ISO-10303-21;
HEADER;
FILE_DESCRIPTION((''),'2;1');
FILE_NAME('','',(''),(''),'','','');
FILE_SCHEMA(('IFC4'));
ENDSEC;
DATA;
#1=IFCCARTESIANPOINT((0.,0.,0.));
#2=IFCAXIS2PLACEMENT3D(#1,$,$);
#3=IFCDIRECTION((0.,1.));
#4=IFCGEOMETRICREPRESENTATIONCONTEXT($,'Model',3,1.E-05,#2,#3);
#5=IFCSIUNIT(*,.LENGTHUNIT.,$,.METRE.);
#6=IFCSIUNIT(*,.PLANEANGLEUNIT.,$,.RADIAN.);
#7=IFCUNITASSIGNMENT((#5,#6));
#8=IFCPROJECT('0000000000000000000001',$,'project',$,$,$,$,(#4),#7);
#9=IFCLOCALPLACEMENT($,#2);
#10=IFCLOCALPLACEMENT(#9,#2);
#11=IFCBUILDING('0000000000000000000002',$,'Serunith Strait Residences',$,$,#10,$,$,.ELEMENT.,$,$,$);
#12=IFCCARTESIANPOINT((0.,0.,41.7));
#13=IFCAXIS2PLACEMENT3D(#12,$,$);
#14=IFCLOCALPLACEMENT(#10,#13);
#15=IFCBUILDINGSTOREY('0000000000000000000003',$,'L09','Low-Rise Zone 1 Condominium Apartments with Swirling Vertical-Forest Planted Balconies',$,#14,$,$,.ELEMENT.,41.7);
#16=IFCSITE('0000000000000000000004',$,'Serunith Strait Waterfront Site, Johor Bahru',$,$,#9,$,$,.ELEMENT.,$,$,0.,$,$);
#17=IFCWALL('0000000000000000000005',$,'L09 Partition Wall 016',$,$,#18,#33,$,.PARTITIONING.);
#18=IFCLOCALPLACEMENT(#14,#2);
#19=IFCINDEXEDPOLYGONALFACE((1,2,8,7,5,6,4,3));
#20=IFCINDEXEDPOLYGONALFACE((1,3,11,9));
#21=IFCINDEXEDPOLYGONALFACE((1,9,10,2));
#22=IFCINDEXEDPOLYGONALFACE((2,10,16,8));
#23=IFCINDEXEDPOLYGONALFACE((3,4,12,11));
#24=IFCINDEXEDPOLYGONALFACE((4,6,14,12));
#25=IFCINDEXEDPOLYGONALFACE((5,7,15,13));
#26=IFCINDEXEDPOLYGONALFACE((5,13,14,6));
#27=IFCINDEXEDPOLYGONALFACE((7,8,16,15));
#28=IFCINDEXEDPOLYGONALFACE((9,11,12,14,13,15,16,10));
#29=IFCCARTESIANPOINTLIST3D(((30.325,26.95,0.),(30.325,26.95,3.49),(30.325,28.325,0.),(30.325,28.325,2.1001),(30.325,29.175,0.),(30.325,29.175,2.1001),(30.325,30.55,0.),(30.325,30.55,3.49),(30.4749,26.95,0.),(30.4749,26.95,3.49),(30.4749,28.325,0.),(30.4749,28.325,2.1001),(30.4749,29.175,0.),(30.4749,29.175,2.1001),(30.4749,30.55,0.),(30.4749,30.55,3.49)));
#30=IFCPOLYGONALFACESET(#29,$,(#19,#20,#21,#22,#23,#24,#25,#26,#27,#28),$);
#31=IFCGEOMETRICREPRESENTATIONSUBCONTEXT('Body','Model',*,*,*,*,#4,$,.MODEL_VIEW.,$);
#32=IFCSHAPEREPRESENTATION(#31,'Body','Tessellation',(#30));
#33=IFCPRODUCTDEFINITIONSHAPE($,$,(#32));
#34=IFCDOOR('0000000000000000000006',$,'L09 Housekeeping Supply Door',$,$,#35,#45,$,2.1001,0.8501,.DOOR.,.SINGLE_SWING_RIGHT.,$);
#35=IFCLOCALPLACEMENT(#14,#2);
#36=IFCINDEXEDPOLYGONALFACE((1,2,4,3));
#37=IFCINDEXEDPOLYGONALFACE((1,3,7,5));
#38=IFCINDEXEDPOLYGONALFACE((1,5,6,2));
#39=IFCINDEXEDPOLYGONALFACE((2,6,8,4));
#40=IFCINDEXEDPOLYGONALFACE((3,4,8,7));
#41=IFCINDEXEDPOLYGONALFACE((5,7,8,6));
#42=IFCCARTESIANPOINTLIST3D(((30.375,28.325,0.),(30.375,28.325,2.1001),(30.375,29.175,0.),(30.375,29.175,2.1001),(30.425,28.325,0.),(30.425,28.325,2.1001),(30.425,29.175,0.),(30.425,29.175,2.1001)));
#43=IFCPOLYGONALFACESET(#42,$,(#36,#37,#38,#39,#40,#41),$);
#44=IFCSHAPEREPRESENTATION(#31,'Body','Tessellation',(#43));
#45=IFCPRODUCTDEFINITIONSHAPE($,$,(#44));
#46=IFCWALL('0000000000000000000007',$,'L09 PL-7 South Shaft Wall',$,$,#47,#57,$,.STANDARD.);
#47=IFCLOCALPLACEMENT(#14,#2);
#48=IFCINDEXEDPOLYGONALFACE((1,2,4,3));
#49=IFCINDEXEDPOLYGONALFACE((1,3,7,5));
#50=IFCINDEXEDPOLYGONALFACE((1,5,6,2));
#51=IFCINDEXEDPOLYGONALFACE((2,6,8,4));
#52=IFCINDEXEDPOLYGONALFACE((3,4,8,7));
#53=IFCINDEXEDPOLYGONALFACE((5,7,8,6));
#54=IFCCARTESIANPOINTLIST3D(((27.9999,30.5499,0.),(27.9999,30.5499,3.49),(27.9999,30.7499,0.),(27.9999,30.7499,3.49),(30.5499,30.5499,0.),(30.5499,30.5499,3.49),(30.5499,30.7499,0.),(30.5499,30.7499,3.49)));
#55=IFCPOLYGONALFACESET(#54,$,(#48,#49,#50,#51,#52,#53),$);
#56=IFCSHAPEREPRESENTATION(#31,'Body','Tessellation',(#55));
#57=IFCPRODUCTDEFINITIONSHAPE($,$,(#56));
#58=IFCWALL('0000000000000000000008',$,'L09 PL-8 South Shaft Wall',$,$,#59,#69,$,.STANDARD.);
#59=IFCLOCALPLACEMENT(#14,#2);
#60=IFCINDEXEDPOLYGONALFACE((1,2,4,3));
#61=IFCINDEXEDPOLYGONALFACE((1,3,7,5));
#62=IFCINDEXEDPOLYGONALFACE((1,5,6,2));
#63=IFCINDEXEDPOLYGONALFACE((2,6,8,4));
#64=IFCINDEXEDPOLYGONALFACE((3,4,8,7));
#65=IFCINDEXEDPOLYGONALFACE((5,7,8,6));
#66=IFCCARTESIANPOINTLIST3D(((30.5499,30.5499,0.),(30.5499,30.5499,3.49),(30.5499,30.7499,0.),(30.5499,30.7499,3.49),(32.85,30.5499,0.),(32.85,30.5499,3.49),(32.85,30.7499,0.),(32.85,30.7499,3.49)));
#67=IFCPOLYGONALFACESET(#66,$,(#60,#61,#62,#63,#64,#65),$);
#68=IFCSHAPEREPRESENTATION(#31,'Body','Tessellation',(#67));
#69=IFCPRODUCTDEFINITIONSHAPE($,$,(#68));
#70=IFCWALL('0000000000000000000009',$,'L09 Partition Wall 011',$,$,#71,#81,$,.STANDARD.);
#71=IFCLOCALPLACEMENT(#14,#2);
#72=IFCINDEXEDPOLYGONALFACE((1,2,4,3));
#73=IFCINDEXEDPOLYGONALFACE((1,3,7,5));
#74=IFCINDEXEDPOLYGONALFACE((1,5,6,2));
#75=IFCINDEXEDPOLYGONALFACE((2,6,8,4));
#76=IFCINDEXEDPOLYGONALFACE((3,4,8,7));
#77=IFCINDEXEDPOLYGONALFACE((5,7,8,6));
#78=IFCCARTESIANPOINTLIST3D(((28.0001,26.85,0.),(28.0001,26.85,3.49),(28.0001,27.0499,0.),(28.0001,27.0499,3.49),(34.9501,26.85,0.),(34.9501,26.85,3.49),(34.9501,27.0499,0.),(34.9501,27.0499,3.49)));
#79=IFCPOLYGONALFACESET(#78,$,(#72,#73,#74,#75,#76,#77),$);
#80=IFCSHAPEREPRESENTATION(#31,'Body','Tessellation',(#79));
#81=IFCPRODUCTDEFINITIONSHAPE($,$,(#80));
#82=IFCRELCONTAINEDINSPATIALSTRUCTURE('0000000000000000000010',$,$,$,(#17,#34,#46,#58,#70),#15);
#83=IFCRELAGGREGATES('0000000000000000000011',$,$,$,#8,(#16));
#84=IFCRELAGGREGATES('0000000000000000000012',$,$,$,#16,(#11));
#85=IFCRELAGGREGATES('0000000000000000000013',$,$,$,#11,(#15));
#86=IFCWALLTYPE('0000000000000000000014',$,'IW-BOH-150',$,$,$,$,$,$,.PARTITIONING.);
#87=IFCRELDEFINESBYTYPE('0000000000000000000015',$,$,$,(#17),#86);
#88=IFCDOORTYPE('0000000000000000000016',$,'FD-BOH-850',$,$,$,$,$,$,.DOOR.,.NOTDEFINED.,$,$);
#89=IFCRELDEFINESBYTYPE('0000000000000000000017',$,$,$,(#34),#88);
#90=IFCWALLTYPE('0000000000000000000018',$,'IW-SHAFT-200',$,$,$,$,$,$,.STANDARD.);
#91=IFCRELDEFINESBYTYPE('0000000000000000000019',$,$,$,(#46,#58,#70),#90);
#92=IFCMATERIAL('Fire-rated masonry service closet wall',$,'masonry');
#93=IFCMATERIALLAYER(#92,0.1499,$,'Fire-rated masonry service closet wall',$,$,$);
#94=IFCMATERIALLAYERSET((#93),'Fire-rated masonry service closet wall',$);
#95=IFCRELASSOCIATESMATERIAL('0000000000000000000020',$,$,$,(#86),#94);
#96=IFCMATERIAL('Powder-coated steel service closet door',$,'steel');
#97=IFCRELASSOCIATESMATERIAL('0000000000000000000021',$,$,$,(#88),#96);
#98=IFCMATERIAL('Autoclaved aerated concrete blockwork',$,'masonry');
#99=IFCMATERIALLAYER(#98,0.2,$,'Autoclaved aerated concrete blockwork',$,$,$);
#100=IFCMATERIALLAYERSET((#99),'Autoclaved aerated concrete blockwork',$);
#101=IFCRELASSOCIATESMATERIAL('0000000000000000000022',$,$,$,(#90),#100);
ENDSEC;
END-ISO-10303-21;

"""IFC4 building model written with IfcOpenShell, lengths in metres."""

from ifc_helpers import new_model, si_unit, direction, frame, frame_2d, origin, place, context, subcontext, project, spatial, rectangle, extrude, source, transform, mapped, material, layer, layer_set, type_object, element, fill, save


model = new_model("IFC4")

# Units and contexts
model_context = context("Model", 3, precision=1e-05, world=origin(), true_north=direction((0.0, 1.0)))
body_context = subcontext(model_context, "Body", "Model", "MODEL_VIEW")
ifc_project = project(units=[si_unit("LENGTHUNIT", "METRE"), si_unit("PLANEANGLEUNIT", "RADIAN")], contexts=[model_context])

# Site, building, storey
site_placement = place(None, origin())
site = spatial("IfcSite", under=ifc_project, at=site_placement, Name="Serunith Strait Waterfront Site, Johor Bahru", CompositionType="ELEMENT", RefElevation=0.0)
building_placement = place(site_placement, origin())
building = spatial("IfcBuilding", under=site, at=building_placement, Name="Serunith Strait Residences", CompositionType="ELEMENT")
storey_placement = place(building_placement, frame((0.0, 0.0, 41.7)))
storey = spatial("IfcBuildingStorey", under=building, at=storey_placement, Name="L09", Description="Low-Rise Zone 1 Condominium Apartments with Swirling Vertical-Forest Planted Balconies", CompositionType="ELEMENT", Elevation=41.7)

# Wall, opening, door
ifc_material_1 = material(Name="Fire-rated masonry service closet wall", Category="masonry")
ifc_layer_1 = layer(ifc_material_1, 0.1499, Name="Fire-rated masonry service closet wall")
ifc_layer_set_1 = layer_set([ifc_layer_1], Name="Fire-rated masonry service closet wall")
wall_type_1 = type_object("IfcWallType", Name="IW-BOH-150", PredefinedType="PARTITIONING", material=ifc_layer_set_1)
wall_1_placement = place(storey_placement, frame((30.3999, 26.95, 0.0), z_axis=(0.0, 0.0, 1.0), x_axis=(0.0, 1.0, 0.0)))
wall_1 = element("IfcWall", 1, at=wall_1_placement, inside=storey, type_object=wall_type_1, Name="L09 Partition Wall 016", PredefinedType="PARTITIONING", context=body_context, shape_type="SweptSolid", body=[
    extrude(rectangle(XDim=3.6001, YDim=0.1499, at=frame_2d((1.8, 0.0))), origin(), (0.0, 0.0, 1.0), 3.49),
])
opening_1_placement = place(wall_1_placement, frame((1.375, 0.0, 0.0)))
opening_1 = element("IfcOpeningElement", 2, at=opening_1_placement, cuts=wall_1, PredefinedType="OPENING", context=body_context, shape_type="SweptSolid", body=[
    extrude(rectangle(XDim=0.8501, YDim=2.1001, at=frame_2d((0.425, 1.05))), frame((0.0, 0.085, 0.0), z_axis=(0.0, -1.0, 0.0), x_axis=(1.0, 0.0, 0.0)), (0.0, 0.0, 1.0), 0.1699),
])
ifc_material_2 = material(Name="Powder-coated steel service closet door", Category="steel")
door_type_1 = type_object("IfcDoorType", Name="FD-BOH-850", OperationType="NOTDEFINED", PredefinedType="DOOR", material=ifc_material_2)
shared_shape_1 = source(origin(), body_context, "Body", "SweptSolid", [
    extrude(rectangle(XDim=0.8501, YDim=2.1001, at=frame_2d((0.425, 1.05))), frame((0.0, 0.0249, 0.0), z_axis=(0.0, -1.0, 0.0), x_axis=(1.0, 0.0, 0.0)), (0.0, 0.0, 1.0), 0.05),
])
door_1_placement = place(opening_1_placement, origin())
door_1 = element("IfcDoor", 3, at=door_1_placement, inside=storey, type_object=door_type_1, Name="L09 Housekeeping Supply Door", OperationType="SINGLE_SWING_RIGHT", OverallHeight=2.1001, OverallWidth=0.8501, PredefinedType="DOOR", context=body_context, shape_type="MappedRepresentation", body=[
    mapped(shared_shape_1, transform((0.0, 0.0, 0.0), scale=1.0)),
])
fill(opening_1, door_1)
ifc_material_3 = material(Name="Autoclaved aerated concrete blockwork", Category="masonry")
ifc_layer_2 = layer(ifc_material_3, 0.2, Name="Autoclaved aerated concrete blockwork")
ifc_layer_set_2 = layer_set([ifc_layer_2], Name="Autoclaved aerated concrete blockwork")
wall_type_2 = type_object("IfcWallType", Name="IW-SHAFT-200", PredefinedType="STANDARD", material=ifc_layer_set_2)

# Walls
wall_2_placement = place(storey_placement, frame((28.0, 30.6499, 0.0), z_axis=(0.0, 0.0, 1.0), x_axis=(1.0, 0.0, 0.0)))
element("IfcWall", 4, at=wall_2_placement, inside=storey, type_object=wall_type_2, Name="L09 PL-7 South Shaft Wall", PredefinedType="STANDARD", context=body_context, shape_type="SweptSolid", body=[
    extrude(rectangle(XDim=2.55, YDim=0.2, at=frame_2d((1.2749, 0.0))), origin(), (0.0, 0.0, 1.0), 3.49),
])
wall_3_placement = place(storey_placement, frame((30.55, 30.6499, 0.0), z_axis=(0.0, 0.0, 1.0), x_axis=(1.0, 0.0, 0.0)))
element("IfcWall", 5, at=wall_3_placement, inside=storey, type_object=wall_type_2, Name="L09 PL-8 South Shaft Wall", PredefinedType="STANDARD", context=body_context, shape_type="SweptSolid", body=[
    extrude(rectangle(XDim=2.3, YDim=0.2, at=frame_2d((1.1499, 0.0))), origin(), (0.0, 0.0, 1.0), 3.49),
])
wall_4_placement = place(storey_placement, frame((28.0, 26.95, 0.0), z_axis=(0.0, 0.0, 1.0), x_axis=(1.0, 0.0, 0.0)))
element("IfcWall", 6, at=wall_4_placement, inside=storey, type_object=wall_type_2, Name="L09 Partition Wall 011", PredefinedType="STANDARD", context=body_context, shape_type="SweptSolid", body=[
    extrude(rectangle(XDim=6.95, YDim=0.2, at=frame_2d((3.4751, 0.0))), origin(), (0.0, 0.0, 1.0), 3.49),
])

save(model, "model.ifc")
